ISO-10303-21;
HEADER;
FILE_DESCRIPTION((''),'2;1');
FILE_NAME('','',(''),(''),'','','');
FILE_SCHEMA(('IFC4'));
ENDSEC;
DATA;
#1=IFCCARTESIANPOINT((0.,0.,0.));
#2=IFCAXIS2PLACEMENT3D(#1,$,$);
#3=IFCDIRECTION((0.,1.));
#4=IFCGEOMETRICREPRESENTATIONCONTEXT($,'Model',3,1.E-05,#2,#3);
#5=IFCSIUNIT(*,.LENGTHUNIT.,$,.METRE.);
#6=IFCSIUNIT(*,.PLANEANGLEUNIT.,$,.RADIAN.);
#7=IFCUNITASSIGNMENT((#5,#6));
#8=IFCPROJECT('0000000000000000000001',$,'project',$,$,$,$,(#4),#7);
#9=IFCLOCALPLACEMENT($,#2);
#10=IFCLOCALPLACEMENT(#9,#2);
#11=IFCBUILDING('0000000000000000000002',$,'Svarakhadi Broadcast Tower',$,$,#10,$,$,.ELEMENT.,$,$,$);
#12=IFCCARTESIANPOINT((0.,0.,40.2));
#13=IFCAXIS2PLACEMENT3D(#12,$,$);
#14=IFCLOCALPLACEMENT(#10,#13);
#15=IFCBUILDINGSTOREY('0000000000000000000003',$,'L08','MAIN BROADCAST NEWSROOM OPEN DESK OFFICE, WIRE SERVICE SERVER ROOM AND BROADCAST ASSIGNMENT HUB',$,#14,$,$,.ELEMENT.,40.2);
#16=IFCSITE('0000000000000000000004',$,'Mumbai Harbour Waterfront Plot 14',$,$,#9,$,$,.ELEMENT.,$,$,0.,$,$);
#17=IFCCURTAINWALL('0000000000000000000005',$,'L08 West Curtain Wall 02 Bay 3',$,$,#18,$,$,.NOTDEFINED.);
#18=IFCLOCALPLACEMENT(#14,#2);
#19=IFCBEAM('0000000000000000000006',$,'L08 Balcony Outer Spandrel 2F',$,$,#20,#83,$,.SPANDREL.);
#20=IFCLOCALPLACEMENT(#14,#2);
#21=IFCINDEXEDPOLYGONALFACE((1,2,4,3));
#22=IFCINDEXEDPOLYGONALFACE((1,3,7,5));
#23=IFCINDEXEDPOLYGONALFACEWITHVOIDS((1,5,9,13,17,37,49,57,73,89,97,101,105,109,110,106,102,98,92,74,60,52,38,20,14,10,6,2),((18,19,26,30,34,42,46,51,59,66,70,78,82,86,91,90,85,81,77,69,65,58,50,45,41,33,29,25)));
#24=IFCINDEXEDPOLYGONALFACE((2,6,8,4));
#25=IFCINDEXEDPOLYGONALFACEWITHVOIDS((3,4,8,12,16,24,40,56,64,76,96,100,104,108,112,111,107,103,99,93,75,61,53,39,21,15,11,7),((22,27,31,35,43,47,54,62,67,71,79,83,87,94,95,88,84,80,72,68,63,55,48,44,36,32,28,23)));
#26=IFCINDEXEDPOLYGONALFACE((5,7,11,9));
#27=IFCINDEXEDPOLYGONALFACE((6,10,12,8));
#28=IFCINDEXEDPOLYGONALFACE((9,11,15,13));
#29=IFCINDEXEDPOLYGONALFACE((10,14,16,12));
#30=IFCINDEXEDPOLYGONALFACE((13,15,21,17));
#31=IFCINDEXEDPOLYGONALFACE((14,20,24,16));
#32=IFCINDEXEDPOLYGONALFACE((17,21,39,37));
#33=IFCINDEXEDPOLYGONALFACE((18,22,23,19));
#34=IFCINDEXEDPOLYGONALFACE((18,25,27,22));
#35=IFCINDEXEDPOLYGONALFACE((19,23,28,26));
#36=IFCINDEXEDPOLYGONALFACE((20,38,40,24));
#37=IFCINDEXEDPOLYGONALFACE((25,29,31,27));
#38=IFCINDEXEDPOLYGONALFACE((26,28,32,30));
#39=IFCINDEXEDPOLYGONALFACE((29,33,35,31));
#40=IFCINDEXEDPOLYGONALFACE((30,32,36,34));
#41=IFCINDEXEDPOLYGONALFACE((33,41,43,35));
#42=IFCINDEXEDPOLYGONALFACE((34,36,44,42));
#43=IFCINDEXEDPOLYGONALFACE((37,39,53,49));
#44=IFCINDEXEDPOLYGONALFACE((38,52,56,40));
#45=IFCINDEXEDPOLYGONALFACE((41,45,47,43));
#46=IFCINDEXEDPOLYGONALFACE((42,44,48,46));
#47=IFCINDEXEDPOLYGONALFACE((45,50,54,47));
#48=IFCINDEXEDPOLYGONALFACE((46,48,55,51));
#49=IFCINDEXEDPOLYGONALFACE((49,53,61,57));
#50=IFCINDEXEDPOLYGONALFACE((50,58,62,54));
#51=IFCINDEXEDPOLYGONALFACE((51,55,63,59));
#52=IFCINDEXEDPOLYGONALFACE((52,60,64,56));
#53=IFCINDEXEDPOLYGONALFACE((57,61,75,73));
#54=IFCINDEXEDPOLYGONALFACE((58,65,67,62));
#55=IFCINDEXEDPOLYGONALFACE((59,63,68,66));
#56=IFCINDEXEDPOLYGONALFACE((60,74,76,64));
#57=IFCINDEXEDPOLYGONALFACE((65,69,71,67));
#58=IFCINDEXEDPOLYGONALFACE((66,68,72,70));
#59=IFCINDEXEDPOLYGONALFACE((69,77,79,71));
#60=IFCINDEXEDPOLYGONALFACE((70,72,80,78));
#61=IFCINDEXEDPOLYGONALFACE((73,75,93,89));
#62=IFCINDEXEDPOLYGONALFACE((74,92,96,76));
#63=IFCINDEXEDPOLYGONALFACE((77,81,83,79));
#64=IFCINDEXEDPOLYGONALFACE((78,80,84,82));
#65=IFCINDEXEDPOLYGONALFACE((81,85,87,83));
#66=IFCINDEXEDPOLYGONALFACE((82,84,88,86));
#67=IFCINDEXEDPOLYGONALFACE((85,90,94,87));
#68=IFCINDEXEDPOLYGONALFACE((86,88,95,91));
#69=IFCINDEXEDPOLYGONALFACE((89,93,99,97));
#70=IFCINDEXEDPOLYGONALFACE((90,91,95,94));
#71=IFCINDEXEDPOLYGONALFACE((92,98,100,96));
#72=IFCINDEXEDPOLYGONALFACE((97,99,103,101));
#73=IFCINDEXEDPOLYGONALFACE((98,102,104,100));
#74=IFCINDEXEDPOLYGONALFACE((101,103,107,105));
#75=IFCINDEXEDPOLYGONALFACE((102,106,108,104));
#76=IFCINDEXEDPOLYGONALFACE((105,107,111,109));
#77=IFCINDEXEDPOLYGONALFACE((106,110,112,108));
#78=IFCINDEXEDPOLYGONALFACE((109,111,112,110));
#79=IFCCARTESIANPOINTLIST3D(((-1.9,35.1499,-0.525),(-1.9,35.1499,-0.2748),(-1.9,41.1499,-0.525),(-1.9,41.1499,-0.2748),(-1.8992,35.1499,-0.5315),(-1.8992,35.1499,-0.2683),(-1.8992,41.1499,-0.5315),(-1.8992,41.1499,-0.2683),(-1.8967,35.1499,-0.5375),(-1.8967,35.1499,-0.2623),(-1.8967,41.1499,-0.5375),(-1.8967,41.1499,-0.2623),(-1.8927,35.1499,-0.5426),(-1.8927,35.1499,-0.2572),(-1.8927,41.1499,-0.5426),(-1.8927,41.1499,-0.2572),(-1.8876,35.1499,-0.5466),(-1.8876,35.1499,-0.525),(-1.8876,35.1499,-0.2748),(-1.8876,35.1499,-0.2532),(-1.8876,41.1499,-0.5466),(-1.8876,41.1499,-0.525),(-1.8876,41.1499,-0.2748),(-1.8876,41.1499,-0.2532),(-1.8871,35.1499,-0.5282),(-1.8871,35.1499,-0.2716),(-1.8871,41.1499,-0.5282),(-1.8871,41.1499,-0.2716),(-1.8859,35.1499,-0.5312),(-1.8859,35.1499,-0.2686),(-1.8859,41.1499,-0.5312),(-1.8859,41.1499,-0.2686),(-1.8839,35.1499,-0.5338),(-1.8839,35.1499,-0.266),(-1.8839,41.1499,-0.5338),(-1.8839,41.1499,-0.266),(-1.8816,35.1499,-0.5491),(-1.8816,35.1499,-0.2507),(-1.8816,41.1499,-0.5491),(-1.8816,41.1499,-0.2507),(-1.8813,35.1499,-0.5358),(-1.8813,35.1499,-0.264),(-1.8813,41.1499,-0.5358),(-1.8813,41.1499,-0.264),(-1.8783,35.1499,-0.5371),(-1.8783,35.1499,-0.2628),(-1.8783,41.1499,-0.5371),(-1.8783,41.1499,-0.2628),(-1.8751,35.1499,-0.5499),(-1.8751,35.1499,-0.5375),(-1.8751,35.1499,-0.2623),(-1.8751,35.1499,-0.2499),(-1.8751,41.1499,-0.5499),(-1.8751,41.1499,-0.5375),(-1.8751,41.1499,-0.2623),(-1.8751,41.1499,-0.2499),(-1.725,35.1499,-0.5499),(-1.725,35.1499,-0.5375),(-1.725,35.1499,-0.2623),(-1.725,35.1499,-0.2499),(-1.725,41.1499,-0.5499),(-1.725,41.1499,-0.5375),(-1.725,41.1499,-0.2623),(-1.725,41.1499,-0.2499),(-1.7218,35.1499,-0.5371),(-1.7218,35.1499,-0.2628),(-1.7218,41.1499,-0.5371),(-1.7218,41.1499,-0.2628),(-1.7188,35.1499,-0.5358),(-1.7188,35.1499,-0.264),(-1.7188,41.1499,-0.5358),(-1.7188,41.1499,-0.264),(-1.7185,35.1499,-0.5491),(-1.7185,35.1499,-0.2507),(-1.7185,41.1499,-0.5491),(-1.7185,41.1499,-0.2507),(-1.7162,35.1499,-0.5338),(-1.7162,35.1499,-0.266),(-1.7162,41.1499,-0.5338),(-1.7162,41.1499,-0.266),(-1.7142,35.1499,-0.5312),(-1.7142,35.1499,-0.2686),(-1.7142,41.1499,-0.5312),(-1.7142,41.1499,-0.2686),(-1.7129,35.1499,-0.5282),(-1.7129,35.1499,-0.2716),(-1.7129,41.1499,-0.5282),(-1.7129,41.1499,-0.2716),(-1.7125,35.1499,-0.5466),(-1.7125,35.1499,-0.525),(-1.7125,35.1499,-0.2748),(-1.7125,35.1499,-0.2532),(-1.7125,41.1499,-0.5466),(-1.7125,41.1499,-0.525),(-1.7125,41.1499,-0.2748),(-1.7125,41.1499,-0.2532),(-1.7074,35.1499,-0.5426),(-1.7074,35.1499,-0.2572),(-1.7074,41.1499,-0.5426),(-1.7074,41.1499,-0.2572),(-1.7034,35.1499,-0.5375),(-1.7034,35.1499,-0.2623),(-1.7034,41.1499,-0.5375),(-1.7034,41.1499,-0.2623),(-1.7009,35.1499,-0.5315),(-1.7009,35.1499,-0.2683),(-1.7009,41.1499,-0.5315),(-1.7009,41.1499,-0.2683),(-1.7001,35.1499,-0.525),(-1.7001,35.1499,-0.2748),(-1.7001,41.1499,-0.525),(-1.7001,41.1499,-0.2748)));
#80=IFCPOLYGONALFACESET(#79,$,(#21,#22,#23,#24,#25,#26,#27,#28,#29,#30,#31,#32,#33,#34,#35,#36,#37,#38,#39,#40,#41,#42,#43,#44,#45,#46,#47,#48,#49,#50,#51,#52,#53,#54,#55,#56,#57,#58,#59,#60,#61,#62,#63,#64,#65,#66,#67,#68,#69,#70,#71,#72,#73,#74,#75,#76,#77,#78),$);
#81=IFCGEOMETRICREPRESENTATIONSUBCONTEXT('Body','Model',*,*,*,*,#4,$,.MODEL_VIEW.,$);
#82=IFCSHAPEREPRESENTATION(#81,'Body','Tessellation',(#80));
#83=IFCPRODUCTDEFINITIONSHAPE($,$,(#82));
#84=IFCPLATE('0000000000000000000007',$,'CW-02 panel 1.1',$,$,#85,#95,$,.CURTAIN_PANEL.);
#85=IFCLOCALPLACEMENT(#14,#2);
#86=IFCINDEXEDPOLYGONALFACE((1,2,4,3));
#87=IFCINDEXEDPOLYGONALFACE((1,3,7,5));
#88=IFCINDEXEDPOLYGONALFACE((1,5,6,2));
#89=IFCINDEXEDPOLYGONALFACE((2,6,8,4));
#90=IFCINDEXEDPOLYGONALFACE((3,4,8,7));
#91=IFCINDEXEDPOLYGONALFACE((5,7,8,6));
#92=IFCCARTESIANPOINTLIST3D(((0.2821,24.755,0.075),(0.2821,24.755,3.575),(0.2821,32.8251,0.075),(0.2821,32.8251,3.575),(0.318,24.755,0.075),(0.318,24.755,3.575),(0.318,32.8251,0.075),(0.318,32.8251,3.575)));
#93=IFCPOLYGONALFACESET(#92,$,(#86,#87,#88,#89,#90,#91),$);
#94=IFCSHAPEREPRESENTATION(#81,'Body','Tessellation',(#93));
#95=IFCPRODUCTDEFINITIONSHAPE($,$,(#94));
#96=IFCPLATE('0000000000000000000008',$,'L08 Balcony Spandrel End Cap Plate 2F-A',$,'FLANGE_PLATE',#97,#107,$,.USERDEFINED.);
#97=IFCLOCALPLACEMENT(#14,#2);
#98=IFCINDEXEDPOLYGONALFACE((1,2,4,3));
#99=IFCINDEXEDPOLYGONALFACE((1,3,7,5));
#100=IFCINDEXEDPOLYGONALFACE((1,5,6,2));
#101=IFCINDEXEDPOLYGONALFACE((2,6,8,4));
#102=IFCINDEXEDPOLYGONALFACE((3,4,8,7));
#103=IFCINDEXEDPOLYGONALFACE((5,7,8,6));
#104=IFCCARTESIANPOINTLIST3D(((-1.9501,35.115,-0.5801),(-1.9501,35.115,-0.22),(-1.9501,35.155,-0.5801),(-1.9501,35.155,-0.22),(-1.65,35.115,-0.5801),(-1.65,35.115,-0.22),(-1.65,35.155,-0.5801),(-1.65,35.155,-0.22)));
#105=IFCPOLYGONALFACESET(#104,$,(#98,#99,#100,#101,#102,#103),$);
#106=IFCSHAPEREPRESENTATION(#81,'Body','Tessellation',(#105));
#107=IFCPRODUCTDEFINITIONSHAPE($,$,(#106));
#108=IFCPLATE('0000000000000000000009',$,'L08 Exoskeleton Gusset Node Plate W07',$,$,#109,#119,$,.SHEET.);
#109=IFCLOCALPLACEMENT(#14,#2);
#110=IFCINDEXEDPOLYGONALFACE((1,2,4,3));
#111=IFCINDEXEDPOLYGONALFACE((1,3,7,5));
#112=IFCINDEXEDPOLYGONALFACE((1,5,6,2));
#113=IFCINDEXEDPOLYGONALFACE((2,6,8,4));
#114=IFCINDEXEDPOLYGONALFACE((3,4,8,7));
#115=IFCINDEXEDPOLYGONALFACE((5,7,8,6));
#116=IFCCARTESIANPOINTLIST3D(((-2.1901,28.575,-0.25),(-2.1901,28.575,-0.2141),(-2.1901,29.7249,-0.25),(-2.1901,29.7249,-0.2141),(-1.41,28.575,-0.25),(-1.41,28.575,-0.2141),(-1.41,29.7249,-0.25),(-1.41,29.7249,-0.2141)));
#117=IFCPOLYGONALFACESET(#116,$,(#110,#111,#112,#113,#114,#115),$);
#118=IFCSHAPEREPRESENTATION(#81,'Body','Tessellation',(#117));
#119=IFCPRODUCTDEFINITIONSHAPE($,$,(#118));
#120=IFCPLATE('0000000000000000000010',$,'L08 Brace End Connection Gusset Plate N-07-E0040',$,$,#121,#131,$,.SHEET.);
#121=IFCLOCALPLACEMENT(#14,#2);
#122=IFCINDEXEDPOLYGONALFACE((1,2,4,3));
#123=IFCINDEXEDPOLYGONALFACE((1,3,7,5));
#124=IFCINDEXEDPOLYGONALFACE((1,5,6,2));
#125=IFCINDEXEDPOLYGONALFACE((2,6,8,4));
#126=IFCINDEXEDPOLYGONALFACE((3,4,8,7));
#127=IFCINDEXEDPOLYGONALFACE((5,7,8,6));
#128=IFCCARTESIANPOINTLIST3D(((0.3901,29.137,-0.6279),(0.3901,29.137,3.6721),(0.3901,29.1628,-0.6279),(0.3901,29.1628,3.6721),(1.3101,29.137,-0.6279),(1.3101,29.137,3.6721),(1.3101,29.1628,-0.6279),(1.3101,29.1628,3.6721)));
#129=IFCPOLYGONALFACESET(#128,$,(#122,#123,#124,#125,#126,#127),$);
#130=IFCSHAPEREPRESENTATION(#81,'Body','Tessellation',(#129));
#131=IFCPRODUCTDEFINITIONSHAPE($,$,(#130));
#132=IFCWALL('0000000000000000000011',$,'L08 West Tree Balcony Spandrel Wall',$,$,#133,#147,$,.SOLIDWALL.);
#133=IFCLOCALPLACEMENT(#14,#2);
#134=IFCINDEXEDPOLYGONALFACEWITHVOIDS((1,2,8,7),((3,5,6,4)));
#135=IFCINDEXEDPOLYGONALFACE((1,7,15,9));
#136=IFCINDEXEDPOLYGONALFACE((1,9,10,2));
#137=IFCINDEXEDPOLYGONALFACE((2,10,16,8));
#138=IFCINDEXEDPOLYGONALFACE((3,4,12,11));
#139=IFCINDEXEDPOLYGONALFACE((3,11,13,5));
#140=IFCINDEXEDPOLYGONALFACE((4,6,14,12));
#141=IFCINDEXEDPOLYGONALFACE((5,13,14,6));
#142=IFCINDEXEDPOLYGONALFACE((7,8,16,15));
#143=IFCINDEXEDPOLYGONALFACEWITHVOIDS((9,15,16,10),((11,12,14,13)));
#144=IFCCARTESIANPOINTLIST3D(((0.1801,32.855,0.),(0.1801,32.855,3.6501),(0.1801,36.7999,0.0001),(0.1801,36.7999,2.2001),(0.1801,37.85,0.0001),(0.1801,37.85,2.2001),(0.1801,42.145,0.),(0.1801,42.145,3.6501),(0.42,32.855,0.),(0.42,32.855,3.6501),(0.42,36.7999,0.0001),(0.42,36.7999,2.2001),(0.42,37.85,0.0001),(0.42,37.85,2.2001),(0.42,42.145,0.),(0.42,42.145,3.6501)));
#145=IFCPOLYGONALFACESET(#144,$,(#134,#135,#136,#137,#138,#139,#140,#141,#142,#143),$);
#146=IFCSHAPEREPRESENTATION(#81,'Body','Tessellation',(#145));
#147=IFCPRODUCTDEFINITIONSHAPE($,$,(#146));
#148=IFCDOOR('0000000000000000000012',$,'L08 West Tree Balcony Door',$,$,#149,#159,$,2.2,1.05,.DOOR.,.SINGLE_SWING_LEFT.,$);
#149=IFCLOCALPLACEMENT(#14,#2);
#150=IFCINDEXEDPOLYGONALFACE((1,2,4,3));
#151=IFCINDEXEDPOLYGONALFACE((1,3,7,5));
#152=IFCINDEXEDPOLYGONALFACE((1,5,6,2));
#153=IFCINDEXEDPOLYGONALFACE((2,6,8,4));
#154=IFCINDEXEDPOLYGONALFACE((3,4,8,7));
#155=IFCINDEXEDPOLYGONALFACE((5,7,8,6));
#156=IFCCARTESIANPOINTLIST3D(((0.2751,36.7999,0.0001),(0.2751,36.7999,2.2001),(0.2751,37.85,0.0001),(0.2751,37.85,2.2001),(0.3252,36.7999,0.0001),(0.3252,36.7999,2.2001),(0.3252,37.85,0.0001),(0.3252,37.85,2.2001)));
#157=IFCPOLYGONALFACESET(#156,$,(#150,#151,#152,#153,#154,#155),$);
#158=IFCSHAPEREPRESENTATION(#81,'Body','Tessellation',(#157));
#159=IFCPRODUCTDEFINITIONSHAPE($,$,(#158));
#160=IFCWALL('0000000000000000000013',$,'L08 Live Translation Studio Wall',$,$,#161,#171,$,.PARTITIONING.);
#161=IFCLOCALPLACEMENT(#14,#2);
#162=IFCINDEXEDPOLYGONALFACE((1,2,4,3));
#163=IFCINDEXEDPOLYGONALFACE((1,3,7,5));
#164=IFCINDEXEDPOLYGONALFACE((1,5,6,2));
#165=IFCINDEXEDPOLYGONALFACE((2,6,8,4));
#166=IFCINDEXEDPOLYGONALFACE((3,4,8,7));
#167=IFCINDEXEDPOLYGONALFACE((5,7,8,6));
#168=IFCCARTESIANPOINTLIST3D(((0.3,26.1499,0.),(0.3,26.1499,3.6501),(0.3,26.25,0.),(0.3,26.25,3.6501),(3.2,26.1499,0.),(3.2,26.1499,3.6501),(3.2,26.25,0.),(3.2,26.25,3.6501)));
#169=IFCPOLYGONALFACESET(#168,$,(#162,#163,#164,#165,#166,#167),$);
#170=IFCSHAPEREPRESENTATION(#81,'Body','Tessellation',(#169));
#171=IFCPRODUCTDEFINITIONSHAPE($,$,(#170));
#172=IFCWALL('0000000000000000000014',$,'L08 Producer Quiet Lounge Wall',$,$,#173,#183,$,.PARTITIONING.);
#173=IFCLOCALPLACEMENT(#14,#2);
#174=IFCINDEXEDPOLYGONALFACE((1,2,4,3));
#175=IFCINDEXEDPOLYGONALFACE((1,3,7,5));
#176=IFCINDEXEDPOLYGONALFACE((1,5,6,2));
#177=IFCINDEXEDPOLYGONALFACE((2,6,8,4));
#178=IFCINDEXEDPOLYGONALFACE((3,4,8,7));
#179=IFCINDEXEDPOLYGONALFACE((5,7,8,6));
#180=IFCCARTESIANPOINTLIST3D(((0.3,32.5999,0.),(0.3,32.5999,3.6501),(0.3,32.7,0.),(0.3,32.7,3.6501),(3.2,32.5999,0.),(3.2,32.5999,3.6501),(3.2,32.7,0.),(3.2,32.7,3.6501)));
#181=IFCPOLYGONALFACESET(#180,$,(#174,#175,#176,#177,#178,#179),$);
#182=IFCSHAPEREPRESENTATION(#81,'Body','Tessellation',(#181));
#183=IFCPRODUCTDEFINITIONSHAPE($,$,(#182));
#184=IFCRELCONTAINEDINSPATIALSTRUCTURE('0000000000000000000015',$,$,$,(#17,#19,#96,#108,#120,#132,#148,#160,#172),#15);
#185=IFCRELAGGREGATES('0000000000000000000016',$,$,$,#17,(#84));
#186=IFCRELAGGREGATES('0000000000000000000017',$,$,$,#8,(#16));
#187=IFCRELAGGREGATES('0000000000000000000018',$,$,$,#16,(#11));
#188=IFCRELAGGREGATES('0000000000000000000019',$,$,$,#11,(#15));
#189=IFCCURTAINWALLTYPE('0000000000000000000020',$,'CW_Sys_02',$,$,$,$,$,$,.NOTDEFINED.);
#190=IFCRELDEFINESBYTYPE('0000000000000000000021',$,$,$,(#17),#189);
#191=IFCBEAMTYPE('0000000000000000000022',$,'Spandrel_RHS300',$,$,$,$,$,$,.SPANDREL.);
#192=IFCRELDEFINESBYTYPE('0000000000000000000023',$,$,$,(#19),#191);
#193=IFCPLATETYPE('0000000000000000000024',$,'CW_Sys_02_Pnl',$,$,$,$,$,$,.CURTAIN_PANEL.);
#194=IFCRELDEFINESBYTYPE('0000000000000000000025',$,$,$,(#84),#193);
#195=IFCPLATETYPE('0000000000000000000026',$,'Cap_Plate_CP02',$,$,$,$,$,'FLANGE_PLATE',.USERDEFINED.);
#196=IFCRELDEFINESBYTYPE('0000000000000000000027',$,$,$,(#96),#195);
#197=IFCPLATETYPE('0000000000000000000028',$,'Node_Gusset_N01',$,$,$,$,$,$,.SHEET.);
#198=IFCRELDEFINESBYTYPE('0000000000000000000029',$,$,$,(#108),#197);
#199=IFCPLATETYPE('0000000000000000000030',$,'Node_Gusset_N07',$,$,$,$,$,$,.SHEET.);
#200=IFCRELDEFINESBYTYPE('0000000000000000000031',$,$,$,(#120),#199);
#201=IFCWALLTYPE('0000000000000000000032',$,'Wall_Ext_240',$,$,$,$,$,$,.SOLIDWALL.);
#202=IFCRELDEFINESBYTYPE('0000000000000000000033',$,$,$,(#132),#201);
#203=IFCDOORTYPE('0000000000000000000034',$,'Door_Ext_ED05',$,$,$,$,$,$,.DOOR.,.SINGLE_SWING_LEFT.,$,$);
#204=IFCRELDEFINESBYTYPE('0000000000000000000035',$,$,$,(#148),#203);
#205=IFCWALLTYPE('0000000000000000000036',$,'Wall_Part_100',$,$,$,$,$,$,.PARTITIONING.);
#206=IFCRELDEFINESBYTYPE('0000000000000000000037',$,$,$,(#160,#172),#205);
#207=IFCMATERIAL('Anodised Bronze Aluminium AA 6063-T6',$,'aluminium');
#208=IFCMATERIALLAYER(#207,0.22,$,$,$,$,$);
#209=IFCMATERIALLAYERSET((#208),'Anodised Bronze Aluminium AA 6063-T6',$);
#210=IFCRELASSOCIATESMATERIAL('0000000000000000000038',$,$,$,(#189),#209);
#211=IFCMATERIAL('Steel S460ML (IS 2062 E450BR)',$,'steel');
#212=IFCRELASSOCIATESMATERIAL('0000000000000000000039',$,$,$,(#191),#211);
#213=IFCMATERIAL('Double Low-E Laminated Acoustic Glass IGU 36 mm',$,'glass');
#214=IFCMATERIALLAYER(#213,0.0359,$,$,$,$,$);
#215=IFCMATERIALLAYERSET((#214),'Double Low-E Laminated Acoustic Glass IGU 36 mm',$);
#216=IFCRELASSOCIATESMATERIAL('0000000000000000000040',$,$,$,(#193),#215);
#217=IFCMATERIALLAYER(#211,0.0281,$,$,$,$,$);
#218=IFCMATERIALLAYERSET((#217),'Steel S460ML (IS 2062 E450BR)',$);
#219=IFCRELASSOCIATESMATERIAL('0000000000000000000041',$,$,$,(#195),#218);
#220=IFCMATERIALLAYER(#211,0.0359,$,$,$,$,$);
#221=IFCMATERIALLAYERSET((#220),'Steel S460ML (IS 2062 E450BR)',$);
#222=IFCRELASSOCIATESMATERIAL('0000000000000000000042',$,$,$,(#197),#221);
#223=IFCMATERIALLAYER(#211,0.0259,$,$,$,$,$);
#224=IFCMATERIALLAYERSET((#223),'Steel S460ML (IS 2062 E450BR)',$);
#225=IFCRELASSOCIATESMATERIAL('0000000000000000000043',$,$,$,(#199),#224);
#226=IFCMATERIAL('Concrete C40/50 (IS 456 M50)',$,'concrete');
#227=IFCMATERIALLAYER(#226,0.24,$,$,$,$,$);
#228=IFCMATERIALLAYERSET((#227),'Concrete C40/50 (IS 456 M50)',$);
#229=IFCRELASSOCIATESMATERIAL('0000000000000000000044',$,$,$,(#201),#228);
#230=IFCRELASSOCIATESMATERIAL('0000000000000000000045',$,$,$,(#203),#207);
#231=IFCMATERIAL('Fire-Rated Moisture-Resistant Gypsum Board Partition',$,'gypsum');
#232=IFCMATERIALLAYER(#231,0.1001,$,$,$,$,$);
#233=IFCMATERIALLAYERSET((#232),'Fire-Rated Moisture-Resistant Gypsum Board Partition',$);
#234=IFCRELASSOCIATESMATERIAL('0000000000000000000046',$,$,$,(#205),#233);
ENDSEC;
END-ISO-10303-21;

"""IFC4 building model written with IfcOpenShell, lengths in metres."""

from ifc_helpers import new_model, si_unit, direction, frame, frame_2d, origin, origin_2d, place, context, subcontext, project, spatial, rectangle, hollow_rectangle, extrude, material, layer, layer_set, material_profile, profile_set, type_object, element, fill, aggregate, save


model = new_model("IFC4")

# Units and contexts
model_context = context("Model", 3, precision=1e-05, world=origin(), true_north=direction((0.0, 1.0)))
body_context = subcontext(model_context, "Body", "Model", "MODEL_VIEW")
ifc_project = project(units=[si_unit("LENGTHUNIT", "METRE"), si_unit("PLANEANGLEUNIT", "RADIAN")], contexts=[model_context])

# Site, building, storey
site_placement = place(None, origin())
site = spatial("IfcSite", under=ifc_project, at=site_placement, Name="Mumbai Harbour Waterfront Plot 14", CompositionType="ELEMENT", RefElevation=0.0)
building_placement = place(site_placement, origin())
building = spatial("IfcBuilding", under=site, at=building_placement, Name="Svarakhadi Broadcast Tower", CompositionType="ELEMENT")
storey_placement = place(building_placement, frame((0.0, 0.0, 40.2)))
storey = spatial("IfcBuildingStorey", under=building, at=storey_placement, Name="L08", Description="MAIN BROADCAST NEWSROOM OPEN DESK OFFICE, WIRE SERVICE SERVER ROOM AND BROADCAST ASSIGNMENT HUB", CompositionType="ELEMENT", Elevation=40.2)

# Shared definitions
ifc_material_1 = material(Name="Steel S460ML (IS 2062 E450BR)", Category="steel")

# Curtain wall
ifc_material_2 = material(Name="Anodised Bronze Aluminium AA 6063-T6", Category="aluminium")
ifc_layer_1 = layer(ifc_material_2, 0.22)
ifc_layer_set_1 = layer_set([ifc_layer_1], Name="Anodised Bronze Aluminium AA 6063-T6")
curtain_wall_type = type_object("IfcCurtainWallType", Name="CW_Sys_02", PredefinedType="NOTDEFINED", material=ifc_layer_set_1)
curtain_wall_placement = place(storey_placement, origin())
curtain_wall = element("IfcCurtainWall", 1, at=curtain_wall_placement, inside=storey, type_object=curtain_wall_type, Name="L08 West Curtain Wall 02 Bay 3", PredefinedType="NOTDEFINED")

# Beam
ifc_material_profile_1 = material_profile(ifc_material_1, hollow_rectangle(XDim=0.2, YDim=0.3, WallThickness=0.0125, InnerFilletRadius=0.0125, OuterFilletRadius=0.0249, at=origin_2d()), Name="RHS 300x200x12.5")
ifc_profile_set_1 = profile_set([ifc_material_profile_1], Name="Steel S460ML (IS 2062 E450BR)")
beam_type_1 = type_object("IfcBeamType", Name="Spandrel_RHS300", PredefinedType="SPANDREL", material=ifc_profile_set_1)
beam_1_placement = place(storey_placement, frame((-1.8, 35.1499, -0.3999), z_axis=(0.0, 1.0, 0.0), x_axis=(-1.0, 0.0, 0.0)))
element("IfcBeam", 2, at=beam_1_placement, inside=storey, type_object=beam_type_1, Name="L08 Balcony Outer Spandrel 2F", PredefinedType="SPANDREL", context=body_context, shape_type="SweptSolid", body=[
    extrude(hollow_rectangle(XDim=0.2, YDim=0.3, WallThickness=0.0125, InnerFilletRadius=0.0125, OuterFilletRadius=0.0249, at=origin_2d()), origin(), (0.0, 0.0, 1.0), 6.0),
])

# Plate
ifc_material_3 = material(Name="Double Low-E Laminated Acoustic Glass IGU 36 mm", Category="glass")
ifc_layer_2 = layer(ifc_material_3, 0.0359)
ifc_layer_set_2 = layer_set([ifc_layer_2], Name="Double Low-E Laminated Acoustic Glass IGU 36 mm")
plate_type_1 = type_object("IfcPlateType", Name="CW_Sys_02_Pnl", PredefinedType="CURTAIN_PANEL", material=ifc_layer_set_2)
plate_1_placement = place(storey_placement, frame((0.3, 28.79, 0.075), z_axis=(0.0, 0.0, 1.0), x_axis=(0.0, 1.0, 0.0)))
plate_1 = element("IfcPlate", 3, at=plate_1_placement, type_object=plate_type_1, Name="CW-02 panel 1.1", PredefinedType="CURTAIN_PANEL", context=body_context, shape_type="SweptSolid", body=[
    extrude(rectangle(XDim=8.0701, YDim=0.0359, at=origin_2d()), origin(), (0.0, 0.0, 1.0), 3.5),
])
aggregate(curtain_wall, [plate_1])

# Plates
ifc_layer_3 = layer(ifc_material_1, 0.0281)
ifc_layer_set_3 = layer_set([ifc_layer_3], Name="Steel S460ML (IS 2062 E450BR)")
plate_type_2 = type_object("IfcPlateType", Name="Cap_Plate_CP02", ElementType="FLANGE_PLATE", PredefinedType="USERDEFINED", material=ifc_layer_set_3)
plate_2_placement = place(storey_placement, frame((-1.8, 35.135, -0.5801), z_axis=(0.0, 0.0, 1.0), x_axis=(1.0, 0.0, 0.0)))
element("IfcPlate", 4, at=plate_2_placement, inside=storey, type_object=plate_type_2, Name="L08 Balcony Spandrel End Cap Plate 2F-A", ObjectType="FLANGE_PLATE", PredefinedType="USERDEFINED", context=body_context, shape_type="SweptSolid", body=[
    extrude(rectangle(XDim=0.3, YDim=0.04, at=origin_2d()), origin(), (0.0, 0.0, 1.0), 0.3601),
])
ifc_layer_4 = layer(ifc_material_1, 0.0359)
ifc_layer_set_4 = layer_set([ifc_layer_4], Name="Steel S460ML (IS 2062 E450BR)")
plate_type_3 = type_object("IfcPlateType", Name="Node_Gusset_N01", PredefinedType="SHEET", material=ifc_layer_set_4)
plate_3_placement = place(storey_placement, frame((-1.8, 29.1499, -0.25), z_axis=(0.0, 0.0, 1.0), x_axis=(0.0, 1.0, 0.0)))
element("IfcPlate", 5, at=plate_3_placement, inside=storey, type_object=plate_type_3, Name="L08 Exoskeleton Gusset Node Plate W07", PredefinedType="SHEET", context=body_context, shape_type="SweptSolid", body=[
    extrude(rectangle(XDim=1.1499, YDim=0.78, at=origin_2d()), origin(), (0.0, 0.0, 1.0), 0.0359),
])
ifc_layer_5 = layer(ifc_material_1, 0.0259)
ifc_layer_set_5 = layer_set([ifc_layer_5], Name="Steel S460ML (IS 2062 E450BR)")
plate_type_4 = type_object("IfcPlateType", Name="Node_Gusset_N07", PredefinedType="SHEET", material=ifc_layer_set_5)
plate_4_placement = place(storey_placement, frame((0.8501, 29.1499, -0.6279), z_axis=(0.0, 0.0, 1.0), x_axis=(1.0, 0.0, 0.0)))
element("IfcPlate", 6, at=plate_4_placement, inside=storey, type_object=plate_type_4, Name="L08 Brace End Connection Gusset Plate N-07-E0040", PredefinedType="SHEET", context=body_context, shape_type="SweptSolid", body=[
    extrude(rectangle(XDim=0.9199, YDim=0.0259, at=origin_2d()), origin(), (0.0, 0.0, 1.0), 4.3),
])

# Wall, opening, door
ifc_material_4 = material(Name="Concrete C40/50 (IS 456 M50)", Category="concrete")
ifc_layer_6 = layer(ifc_material_4, 0.24)
ifc_layer_set_6 = layer_set([ifc_layer_6], Name="Concrete C40/50 (IS 456 M50)")
wall_type_1 = type_object("IfcWallType", Name="Wall_Ext_240", PredefinedType="SOLIDWALL", material=ifc_layer_set_6)
wall_1_placement = place(storey_placement, frame((0.3, 32.855, 0.0), z_axis=(0.0, 0.0, 1.0), x_axis=(0.0, 1.0, 0.0)))
wall_1 = element("IfcWall", 7, at=wall_1_placement, inside=storey, type_object=wall_type_1, Name="L08 West Tree Balcony Spandrel Wall", PredefinedType="SOLIDWALL", context=body_context, shape_type="SweptSolid", body=[
    extrude(rectangle(XDim=9.29, YDim=0.24, at=frame_2d((4.645, 0.0))), origin(), (0.0, 0.0, 1.0), 3.6501),
])
opening_1_placement = place(wall_1_placement, frame((3.9451, 0.0, 0.0)))
opening_1 = element("IfcOpeningElement", 8, at=opening_1_placement, cuts=wall_1, PredefinedType="OPENING", context=body_context, shape_type="SweptSolid", body=[
    extrude(rectangle(XDim=1.05, YDim=2.2, at=frame_2d((0.5249, 1.1001))), frame((0.0, 0.1299, 0.0), z_axis=(0.0, -1.0, 0.0), x_axis=(1.0, 0.0, 0.0)), (0.0, 0.0, 1.0), 0.26),
])
door_type_1 = type_object("IfcDoorType", Name="Door_Ext_ED05", OperationType="SINGLE_SWING_LEFT", PredefinedType="DOOR", material=ifc_material_2)
door_1_placement = place(opening_1_placement, origin())
door_1 = element("IfcDoor", 9, at=door_1_placement, inside=storey, type_object=door_type_1, Name="L08 West Tree Balcony Door", OperationType="SINGLE_SWING_LEFT", OverallHeight=2.2, OverallWidth=1.05, PredefinedType="DOOR", context=body_context, shape_type="SweptSolid", body=[
    extrude(rectangle(XDim=1.05, YDim=2.2, at=frame_2d((0.5249, 1.1001))), frame((0.0, 0.0249, 0.0), z_axis=(0.0, -1.0, 0.0), x_axis=(1.0, 0.0, 0.0)), (0.0, 0.0, 1.0), 0.05),
])
fill(opening_1, door_1)

# Walls
ifc_material_5 = material(Name="Fire-Rated Moisture-Resistant Gypsum Board Partition", Category="gypsum")
ifc_layer_7 = layer(ifc_material_5, 0.1001)
ifc_layer_set_7 = layer_set([ifc_layer_7], Name="Fire-Rated Moisture-Resistant Gypsum Board Partition")
wall_type_2 = type_object("IfcWallType", Name="Wall_Part_100", PredefinedType="PARTITIONING", material=ifc_layer_set_7)
for number, where, z_axis, x_axis, name in (
    (10, (0.3, 26.2, 0.0), (0.0, 0.0, 1.0), (1.0, 0.0, 0.0), "L08 Live Translation Studio Wall"),
    (11, (0.3, 32.6499, 0.0), (0.0, 0.0, 1.0), (1.0, 0.0, 0.0), "L08 Producer Quiet Lounge Wall"),
):
    element("IfcWall", number, at=place(storey_placement, frame(where, z_axis=z_axis, x_axis=x_axis)), inside=storey, type_object=wall_type_2, Name=name, PredefinedType="PARTITIONING", context=body_context, shape_type="SweptSolid", body=[
        extrude(rectangle(XDim=2.8999, YDim=0.1001, at=frame_2d((1.45, 0.0))), origin(), (0.0, 0.0, 1.0), 3.6501),
    ])

save(model, "model.ifc")
